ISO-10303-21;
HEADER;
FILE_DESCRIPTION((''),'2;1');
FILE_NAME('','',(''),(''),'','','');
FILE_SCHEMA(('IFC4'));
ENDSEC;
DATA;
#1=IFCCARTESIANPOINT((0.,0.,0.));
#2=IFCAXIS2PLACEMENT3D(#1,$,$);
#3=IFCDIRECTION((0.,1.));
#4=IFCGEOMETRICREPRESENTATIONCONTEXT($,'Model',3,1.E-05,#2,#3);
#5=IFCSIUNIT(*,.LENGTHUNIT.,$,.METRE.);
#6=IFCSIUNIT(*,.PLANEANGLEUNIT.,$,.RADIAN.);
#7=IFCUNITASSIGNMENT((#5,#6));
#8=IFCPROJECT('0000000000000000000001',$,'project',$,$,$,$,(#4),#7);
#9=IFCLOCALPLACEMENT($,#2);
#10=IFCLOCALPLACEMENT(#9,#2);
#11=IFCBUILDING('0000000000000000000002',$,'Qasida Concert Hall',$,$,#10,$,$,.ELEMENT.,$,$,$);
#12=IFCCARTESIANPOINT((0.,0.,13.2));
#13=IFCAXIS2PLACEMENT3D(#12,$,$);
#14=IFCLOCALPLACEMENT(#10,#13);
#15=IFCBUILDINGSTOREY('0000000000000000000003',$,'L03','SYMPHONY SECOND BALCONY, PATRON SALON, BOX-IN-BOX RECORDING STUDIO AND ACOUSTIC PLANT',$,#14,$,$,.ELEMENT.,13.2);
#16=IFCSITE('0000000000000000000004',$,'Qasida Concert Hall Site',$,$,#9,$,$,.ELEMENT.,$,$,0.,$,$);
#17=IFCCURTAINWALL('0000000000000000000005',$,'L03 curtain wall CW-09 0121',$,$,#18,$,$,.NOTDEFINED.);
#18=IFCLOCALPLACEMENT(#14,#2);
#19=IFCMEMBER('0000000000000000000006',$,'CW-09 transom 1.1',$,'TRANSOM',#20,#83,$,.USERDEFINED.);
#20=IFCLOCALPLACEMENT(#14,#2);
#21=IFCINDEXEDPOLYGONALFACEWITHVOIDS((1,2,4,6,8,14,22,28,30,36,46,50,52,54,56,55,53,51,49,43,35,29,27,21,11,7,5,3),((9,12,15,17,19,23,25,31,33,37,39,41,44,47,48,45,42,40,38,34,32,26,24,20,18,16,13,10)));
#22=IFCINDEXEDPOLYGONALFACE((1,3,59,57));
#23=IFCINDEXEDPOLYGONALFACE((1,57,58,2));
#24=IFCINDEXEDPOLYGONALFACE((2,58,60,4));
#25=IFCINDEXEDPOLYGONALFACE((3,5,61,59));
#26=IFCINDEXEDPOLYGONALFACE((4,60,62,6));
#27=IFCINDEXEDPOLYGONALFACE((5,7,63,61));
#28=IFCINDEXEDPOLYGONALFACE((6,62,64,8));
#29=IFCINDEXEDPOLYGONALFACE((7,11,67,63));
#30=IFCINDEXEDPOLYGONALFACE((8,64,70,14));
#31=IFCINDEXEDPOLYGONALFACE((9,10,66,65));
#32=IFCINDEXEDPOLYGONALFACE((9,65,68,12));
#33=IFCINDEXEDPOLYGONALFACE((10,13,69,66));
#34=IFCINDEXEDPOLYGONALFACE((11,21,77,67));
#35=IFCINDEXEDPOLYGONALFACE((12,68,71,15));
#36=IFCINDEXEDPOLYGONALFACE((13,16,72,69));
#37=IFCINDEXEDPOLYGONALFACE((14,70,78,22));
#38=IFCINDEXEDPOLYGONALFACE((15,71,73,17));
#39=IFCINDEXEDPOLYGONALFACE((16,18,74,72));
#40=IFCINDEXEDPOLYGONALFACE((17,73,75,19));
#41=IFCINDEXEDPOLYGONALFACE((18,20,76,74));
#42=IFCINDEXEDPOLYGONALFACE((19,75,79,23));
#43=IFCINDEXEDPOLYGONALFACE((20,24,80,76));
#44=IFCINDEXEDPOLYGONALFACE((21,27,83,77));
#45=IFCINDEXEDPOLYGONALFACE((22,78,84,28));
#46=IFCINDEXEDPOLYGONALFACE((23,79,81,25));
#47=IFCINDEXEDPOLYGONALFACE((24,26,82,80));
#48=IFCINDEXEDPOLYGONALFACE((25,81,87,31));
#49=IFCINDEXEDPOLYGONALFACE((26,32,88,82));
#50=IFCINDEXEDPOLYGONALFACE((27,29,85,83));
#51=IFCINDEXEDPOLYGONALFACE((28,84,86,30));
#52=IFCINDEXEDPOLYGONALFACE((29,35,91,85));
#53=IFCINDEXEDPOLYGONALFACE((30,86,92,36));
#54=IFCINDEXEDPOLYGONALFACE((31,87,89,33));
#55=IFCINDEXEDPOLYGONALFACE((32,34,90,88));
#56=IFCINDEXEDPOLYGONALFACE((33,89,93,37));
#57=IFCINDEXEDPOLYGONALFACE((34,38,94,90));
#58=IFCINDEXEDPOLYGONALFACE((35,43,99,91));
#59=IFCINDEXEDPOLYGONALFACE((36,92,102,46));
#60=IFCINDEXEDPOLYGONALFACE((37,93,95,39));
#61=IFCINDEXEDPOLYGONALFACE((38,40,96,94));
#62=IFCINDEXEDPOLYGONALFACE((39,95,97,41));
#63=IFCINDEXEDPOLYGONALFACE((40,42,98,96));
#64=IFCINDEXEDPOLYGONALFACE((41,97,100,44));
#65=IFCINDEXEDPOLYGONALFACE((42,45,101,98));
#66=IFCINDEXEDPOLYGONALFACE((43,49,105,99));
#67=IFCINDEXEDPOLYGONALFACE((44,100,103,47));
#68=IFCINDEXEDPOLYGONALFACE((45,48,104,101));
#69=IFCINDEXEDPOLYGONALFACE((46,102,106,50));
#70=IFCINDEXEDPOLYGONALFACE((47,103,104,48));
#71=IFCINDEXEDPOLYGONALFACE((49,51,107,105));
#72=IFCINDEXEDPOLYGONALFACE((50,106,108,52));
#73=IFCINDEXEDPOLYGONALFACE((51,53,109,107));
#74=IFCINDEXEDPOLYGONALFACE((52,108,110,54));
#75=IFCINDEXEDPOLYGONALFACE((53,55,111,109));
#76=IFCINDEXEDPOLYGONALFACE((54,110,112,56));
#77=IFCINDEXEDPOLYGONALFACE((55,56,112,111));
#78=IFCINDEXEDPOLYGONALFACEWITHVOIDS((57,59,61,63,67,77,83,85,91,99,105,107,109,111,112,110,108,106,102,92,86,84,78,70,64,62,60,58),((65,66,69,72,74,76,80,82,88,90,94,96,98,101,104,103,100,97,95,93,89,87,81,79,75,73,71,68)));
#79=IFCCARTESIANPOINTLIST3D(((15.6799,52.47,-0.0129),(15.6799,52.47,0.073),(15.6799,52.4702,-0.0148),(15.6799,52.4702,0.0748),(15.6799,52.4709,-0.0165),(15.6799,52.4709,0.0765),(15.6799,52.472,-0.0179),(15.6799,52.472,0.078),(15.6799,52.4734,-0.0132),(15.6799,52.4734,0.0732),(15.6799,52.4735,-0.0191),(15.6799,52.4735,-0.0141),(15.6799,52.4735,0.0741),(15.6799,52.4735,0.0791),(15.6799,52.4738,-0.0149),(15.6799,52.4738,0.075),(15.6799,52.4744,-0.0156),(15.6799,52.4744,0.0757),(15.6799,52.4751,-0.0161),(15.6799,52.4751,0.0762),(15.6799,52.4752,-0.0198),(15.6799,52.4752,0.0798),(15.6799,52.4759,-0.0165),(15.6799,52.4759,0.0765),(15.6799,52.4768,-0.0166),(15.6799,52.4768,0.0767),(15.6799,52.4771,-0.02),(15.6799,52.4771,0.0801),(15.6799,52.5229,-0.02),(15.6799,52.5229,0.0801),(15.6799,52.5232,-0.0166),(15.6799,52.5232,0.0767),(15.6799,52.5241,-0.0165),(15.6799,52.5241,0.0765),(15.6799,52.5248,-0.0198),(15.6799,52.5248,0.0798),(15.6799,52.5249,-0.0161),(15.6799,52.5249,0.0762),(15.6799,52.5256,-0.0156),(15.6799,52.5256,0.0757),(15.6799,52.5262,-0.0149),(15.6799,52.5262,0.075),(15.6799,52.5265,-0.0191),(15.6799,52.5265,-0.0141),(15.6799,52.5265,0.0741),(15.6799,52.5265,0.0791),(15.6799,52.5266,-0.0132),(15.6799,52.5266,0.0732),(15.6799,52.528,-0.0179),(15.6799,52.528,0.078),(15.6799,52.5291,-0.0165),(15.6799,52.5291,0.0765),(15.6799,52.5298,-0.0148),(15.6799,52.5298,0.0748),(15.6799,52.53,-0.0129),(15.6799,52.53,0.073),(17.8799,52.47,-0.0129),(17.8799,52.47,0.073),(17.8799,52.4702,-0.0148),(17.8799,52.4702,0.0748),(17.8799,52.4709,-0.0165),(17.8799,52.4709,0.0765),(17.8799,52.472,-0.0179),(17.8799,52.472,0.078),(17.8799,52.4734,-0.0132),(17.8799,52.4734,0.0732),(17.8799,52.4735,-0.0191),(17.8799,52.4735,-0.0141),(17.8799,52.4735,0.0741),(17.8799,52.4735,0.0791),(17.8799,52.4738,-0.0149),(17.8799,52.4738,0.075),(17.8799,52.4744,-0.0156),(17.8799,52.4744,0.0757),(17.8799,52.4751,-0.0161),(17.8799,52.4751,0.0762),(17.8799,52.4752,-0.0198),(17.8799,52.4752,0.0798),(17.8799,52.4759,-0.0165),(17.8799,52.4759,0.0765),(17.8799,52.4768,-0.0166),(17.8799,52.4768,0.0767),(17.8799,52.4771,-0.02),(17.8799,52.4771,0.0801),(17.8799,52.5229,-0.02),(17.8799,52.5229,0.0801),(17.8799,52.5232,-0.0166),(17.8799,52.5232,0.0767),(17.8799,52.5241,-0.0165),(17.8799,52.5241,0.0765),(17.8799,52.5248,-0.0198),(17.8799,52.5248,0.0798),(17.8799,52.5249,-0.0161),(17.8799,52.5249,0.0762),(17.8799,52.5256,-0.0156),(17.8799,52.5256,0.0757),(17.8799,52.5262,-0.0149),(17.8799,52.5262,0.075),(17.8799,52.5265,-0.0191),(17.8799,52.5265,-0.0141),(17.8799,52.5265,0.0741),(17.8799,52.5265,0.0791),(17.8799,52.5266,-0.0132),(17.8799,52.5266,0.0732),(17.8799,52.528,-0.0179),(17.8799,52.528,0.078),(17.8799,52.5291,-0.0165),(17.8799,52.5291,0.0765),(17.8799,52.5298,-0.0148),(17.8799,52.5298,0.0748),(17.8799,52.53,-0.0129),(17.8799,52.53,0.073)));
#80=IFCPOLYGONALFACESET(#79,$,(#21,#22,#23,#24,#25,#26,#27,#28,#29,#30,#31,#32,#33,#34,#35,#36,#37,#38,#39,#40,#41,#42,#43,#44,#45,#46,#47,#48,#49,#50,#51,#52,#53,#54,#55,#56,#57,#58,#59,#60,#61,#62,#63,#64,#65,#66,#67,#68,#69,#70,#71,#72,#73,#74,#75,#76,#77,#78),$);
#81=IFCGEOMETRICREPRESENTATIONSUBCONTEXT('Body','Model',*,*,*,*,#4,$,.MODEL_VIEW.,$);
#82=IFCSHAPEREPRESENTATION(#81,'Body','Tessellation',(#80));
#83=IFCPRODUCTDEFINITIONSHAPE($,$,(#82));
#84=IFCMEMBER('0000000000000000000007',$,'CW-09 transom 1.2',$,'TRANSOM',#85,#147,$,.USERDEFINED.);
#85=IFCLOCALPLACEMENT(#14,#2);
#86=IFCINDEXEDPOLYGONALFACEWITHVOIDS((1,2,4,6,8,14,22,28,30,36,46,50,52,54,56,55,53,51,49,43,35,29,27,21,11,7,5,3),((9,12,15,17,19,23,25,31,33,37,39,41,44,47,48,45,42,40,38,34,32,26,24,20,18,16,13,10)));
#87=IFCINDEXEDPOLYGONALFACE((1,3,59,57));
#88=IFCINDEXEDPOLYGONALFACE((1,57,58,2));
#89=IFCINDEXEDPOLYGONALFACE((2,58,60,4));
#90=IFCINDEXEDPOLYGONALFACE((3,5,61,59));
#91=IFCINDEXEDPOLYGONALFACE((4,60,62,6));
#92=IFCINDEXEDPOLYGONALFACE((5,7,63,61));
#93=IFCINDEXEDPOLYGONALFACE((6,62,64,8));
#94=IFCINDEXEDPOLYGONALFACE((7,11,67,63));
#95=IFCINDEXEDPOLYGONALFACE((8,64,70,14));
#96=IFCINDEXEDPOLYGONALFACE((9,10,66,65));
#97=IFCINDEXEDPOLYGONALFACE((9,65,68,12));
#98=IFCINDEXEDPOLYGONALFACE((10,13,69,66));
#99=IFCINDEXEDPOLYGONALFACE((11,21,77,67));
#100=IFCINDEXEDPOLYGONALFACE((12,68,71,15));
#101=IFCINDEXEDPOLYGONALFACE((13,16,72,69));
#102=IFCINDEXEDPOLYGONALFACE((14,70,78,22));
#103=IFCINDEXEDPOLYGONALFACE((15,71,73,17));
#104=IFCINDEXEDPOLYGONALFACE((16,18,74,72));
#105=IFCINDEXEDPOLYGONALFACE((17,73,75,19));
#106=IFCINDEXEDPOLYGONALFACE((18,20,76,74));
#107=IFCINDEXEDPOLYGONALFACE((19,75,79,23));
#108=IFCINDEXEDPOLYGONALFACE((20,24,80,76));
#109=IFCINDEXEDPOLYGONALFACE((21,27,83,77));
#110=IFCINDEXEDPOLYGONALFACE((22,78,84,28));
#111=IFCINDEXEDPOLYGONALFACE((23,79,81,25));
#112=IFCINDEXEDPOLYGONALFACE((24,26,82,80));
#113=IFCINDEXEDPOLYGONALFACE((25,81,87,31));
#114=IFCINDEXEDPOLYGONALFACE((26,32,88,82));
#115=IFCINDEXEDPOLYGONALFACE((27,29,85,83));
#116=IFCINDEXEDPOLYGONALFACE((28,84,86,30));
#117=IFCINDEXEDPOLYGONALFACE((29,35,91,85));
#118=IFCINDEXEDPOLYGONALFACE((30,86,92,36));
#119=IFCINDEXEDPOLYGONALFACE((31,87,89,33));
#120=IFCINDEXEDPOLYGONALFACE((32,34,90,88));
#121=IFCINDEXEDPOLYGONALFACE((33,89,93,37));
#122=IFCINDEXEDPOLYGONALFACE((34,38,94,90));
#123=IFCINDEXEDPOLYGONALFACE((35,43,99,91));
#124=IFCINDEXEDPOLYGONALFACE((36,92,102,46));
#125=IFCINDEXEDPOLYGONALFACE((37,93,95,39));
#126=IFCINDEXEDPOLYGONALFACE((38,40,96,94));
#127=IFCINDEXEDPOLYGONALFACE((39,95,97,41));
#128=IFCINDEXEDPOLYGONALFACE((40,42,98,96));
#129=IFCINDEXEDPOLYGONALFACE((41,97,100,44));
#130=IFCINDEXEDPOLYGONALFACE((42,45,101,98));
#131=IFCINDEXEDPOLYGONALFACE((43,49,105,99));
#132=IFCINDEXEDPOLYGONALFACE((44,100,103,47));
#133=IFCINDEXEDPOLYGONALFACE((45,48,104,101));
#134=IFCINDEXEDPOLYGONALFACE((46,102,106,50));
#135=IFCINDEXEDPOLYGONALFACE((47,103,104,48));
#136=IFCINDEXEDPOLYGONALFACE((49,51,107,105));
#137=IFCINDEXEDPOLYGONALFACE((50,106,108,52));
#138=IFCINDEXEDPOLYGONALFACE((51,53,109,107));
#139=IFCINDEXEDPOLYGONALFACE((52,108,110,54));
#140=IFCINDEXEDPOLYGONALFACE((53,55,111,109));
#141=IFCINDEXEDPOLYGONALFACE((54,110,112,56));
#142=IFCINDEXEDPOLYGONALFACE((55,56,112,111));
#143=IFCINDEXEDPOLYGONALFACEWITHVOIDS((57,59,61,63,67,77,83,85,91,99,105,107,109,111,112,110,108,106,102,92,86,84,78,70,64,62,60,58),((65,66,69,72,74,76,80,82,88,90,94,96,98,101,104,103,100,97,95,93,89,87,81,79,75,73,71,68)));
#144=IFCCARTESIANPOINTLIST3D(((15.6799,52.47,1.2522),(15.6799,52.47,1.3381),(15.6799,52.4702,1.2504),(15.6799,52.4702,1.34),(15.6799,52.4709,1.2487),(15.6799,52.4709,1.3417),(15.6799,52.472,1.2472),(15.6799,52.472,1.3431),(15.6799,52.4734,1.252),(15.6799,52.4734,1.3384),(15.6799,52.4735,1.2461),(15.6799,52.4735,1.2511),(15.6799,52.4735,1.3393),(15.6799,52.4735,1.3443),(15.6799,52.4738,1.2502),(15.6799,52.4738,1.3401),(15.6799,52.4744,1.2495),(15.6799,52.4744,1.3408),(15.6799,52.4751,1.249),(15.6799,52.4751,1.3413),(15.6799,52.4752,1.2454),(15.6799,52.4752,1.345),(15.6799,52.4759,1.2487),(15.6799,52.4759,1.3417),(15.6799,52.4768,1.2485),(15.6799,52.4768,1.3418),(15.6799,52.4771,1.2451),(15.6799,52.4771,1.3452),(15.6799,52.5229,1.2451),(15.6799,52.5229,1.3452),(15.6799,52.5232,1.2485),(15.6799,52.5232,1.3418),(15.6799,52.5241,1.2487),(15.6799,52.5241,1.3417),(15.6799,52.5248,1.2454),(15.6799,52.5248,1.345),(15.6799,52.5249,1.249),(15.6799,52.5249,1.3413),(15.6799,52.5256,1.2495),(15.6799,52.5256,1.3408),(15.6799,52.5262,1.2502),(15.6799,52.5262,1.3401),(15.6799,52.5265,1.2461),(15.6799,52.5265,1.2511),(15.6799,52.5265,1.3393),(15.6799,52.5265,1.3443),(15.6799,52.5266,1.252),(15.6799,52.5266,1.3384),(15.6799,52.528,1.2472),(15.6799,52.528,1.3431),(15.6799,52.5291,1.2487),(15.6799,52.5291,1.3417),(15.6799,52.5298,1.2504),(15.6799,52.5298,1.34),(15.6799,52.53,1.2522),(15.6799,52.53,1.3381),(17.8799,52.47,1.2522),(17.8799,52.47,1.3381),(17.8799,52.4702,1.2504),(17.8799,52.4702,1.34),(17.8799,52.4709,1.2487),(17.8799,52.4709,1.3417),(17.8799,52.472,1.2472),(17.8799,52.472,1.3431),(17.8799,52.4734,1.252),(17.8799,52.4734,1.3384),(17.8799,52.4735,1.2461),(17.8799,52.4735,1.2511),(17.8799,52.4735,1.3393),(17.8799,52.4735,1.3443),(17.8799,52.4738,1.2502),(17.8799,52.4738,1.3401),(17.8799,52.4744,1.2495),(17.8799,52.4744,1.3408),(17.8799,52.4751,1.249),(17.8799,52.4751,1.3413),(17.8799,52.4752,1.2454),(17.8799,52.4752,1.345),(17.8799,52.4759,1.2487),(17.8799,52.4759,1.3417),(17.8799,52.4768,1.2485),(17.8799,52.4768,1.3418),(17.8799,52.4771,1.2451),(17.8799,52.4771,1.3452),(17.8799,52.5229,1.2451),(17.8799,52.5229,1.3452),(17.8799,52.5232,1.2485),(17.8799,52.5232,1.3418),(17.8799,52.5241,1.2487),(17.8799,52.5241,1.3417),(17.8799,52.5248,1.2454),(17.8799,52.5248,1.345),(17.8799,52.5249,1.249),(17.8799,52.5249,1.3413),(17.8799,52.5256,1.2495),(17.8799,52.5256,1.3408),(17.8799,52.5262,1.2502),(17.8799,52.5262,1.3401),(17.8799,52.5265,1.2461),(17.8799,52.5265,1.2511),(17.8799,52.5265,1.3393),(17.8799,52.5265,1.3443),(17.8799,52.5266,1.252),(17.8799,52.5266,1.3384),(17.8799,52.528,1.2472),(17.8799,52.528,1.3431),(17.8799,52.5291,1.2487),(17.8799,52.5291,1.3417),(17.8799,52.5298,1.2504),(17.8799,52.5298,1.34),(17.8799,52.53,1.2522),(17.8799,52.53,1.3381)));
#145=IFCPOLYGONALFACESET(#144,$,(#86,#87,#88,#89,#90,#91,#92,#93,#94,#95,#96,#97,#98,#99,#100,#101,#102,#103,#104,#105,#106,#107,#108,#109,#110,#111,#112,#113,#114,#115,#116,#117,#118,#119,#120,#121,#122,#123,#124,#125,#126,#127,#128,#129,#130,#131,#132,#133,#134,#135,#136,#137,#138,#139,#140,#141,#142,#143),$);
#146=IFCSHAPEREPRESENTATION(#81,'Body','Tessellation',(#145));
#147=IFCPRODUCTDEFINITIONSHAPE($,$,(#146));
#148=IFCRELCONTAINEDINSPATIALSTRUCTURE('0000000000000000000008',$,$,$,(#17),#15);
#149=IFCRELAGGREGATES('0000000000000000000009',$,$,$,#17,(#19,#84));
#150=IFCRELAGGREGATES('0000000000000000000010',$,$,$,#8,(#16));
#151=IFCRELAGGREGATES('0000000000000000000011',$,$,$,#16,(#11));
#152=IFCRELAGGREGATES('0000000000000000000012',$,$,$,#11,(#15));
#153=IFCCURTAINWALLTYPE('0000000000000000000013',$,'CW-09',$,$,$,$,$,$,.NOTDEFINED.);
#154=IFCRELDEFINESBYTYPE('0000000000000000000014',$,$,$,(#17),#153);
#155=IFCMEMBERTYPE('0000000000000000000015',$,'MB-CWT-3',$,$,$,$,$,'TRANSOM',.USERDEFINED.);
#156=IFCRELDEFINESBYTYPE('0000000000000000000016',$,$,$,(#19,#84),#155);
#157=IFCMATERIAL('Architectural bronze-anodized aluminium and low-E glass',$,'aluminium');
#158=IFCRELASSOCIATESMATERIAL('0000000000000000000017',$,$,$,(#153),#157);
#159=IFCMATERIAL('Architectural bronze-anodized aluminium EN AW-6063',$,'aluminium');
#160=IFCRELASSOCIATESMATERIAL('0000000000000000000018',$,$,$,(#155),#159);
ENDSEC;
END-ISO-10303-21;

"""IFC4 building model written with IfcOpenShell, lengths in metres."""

from ifc_helpers import new_model, si_unit, direction, frame, origin, origin_2d, place, context, subcontext, project, spatial, hollow_rectangle, extrude, material, material_profile, profile_set, type_object, element, aggregate, save


model = new_model("IFC4")

# Units and contexts
model_context = context("Model", 3, precision=1e-05, world=origin(), true_north=direction((0.0, 1.0)))
body_context = subcontext(model_context, "Body", "Model", "MODEL_VIEW")
ifc_project = project(units=[si_unit("LENGTHUNIT", "METRE"), si_unit("PLANEANGLEUNIT", "RADIAN")], contexts=[model_context])

# Site, building, storey
site_placement = place(None, origin())
site = spatial("IfcSite", under=ifc_project, at=site_placement, Name="Qasida Concert Hall Site", CompositionType="ELEMENT", RefElevation=0.0)
building_placement = place(site_placement, origin())
building = spatial("IfcBuilding", under=site, at=building_placement, Name="Qasida Concert Hall", CompositionType="ELEMENT")
storey_placement = place(building_placement, frame((0.0, 0.0, 13.2)))
storey = spatial("IfcBuildingStorey", under=building, at=storey_placement, Name="L03", Description="SYMPHONY SECOND BALCONY, PATRON SALON, BOX-IN-BOX RECORDING STUDIO AND ACOUSTIC PLANT", CompositionType="ELEMENT", Elevation=13.2)

# Shared definitions
ifc_material_1 = material(Name="Architectural bronze-anodized aluminium and low-E glass", Category="aluminium")
curtain_wall_type = type_object("IfcCurtainWallType", Name="CW-09", PredefinedType="NOTDEFINED", material=ifc_material_1)
ifc_material_2 = material(Name="Architectural bronze-anodized aluminium EN AW-6063", Category="aluminium")

# Curtain wall
curtain_wall_1_placement = place(storey_placement, origin())
curtain_wall_1 = element("IfcCurtainWall", 1, at=curtain_wall_1_placement, inside=storey, type_object=curtain_wall_type, Name="L03 curtain wall CW-09 0121", PredefinedType="NOTDEFINED")

# Members
ifc_material_profile_1 = material_profile(ifc_material_2, hollow_rectangle(XDim=0.0601, YDim=0.1001, WallThickness=0.0034, InnerFilletRadius=0.0034, OuterFilletRadius=0.0071, at=origin_2d()), Name="CWT 100x60x3.5")
ifc_profile_set_1 = profile_set([ifc_material_profile_1], Name="Architectural bronze-anodized aluminium EN AW-6063")
member_type_1 = type_object("IfcMemberType", Name="MB-CWT-3", ElementType="TRANSOM", PredefinedType="USERDEFINED", material=ifc_profile_set_1)
member_1_placement = place(storey_placement, frame((15.6799, 52.5, 0.03), z_axis=(1.0, 0.0, 0.0), x_axis=(0.0, 1.0, 0.0)))
member_1 = element("IfcMember", 2, at=member_1_placement, type_object=member_type_1, Name="CW-09 transom 1.1", ObjectType="TRANSOM", PredefinedType="USERDEFINED", context=body_context, shape_type="SweptSolid", body=[
    extrude(hollow_rectangle(XDim=0.0601, YDim=0.1001, WallThickness=0.0034, InnerFilletRadius=0.0034, OuterFilletRadius=0.0071, at=origin_2d()), origin(), (0.0, 0.0, 1.0), 2.2),
])
member_2_placement = place(storey_placement, frame((15.6799, 52.5, 1.2952), z_axis=(1.0, 0.0, 0.0), x_axis=(0.0, 1.0, 0.0)))
member_2 = element("IfcMember", 3, at=member_2_placement, type_object=member_type_1, Name="CW-09 transom 1.2", ObjectType="TRANSOM", PredefinedType="USERDEFINED", context=body_context, shape_type="SweptSolid", body=[
    extrude(hollow_rectangle(XDim=0.0601, YDim=0.1001, WallThickness=0.0034, InnerFilletRadius=0.0034, OuterFilletRadius=0.0071, at=origin_2d()), origin(), (0.0, 0.0, 1.0), 2.2),
])

aggregate(curtain_wall_1, [member_1, member_2])

save(model, "model.ifc")
